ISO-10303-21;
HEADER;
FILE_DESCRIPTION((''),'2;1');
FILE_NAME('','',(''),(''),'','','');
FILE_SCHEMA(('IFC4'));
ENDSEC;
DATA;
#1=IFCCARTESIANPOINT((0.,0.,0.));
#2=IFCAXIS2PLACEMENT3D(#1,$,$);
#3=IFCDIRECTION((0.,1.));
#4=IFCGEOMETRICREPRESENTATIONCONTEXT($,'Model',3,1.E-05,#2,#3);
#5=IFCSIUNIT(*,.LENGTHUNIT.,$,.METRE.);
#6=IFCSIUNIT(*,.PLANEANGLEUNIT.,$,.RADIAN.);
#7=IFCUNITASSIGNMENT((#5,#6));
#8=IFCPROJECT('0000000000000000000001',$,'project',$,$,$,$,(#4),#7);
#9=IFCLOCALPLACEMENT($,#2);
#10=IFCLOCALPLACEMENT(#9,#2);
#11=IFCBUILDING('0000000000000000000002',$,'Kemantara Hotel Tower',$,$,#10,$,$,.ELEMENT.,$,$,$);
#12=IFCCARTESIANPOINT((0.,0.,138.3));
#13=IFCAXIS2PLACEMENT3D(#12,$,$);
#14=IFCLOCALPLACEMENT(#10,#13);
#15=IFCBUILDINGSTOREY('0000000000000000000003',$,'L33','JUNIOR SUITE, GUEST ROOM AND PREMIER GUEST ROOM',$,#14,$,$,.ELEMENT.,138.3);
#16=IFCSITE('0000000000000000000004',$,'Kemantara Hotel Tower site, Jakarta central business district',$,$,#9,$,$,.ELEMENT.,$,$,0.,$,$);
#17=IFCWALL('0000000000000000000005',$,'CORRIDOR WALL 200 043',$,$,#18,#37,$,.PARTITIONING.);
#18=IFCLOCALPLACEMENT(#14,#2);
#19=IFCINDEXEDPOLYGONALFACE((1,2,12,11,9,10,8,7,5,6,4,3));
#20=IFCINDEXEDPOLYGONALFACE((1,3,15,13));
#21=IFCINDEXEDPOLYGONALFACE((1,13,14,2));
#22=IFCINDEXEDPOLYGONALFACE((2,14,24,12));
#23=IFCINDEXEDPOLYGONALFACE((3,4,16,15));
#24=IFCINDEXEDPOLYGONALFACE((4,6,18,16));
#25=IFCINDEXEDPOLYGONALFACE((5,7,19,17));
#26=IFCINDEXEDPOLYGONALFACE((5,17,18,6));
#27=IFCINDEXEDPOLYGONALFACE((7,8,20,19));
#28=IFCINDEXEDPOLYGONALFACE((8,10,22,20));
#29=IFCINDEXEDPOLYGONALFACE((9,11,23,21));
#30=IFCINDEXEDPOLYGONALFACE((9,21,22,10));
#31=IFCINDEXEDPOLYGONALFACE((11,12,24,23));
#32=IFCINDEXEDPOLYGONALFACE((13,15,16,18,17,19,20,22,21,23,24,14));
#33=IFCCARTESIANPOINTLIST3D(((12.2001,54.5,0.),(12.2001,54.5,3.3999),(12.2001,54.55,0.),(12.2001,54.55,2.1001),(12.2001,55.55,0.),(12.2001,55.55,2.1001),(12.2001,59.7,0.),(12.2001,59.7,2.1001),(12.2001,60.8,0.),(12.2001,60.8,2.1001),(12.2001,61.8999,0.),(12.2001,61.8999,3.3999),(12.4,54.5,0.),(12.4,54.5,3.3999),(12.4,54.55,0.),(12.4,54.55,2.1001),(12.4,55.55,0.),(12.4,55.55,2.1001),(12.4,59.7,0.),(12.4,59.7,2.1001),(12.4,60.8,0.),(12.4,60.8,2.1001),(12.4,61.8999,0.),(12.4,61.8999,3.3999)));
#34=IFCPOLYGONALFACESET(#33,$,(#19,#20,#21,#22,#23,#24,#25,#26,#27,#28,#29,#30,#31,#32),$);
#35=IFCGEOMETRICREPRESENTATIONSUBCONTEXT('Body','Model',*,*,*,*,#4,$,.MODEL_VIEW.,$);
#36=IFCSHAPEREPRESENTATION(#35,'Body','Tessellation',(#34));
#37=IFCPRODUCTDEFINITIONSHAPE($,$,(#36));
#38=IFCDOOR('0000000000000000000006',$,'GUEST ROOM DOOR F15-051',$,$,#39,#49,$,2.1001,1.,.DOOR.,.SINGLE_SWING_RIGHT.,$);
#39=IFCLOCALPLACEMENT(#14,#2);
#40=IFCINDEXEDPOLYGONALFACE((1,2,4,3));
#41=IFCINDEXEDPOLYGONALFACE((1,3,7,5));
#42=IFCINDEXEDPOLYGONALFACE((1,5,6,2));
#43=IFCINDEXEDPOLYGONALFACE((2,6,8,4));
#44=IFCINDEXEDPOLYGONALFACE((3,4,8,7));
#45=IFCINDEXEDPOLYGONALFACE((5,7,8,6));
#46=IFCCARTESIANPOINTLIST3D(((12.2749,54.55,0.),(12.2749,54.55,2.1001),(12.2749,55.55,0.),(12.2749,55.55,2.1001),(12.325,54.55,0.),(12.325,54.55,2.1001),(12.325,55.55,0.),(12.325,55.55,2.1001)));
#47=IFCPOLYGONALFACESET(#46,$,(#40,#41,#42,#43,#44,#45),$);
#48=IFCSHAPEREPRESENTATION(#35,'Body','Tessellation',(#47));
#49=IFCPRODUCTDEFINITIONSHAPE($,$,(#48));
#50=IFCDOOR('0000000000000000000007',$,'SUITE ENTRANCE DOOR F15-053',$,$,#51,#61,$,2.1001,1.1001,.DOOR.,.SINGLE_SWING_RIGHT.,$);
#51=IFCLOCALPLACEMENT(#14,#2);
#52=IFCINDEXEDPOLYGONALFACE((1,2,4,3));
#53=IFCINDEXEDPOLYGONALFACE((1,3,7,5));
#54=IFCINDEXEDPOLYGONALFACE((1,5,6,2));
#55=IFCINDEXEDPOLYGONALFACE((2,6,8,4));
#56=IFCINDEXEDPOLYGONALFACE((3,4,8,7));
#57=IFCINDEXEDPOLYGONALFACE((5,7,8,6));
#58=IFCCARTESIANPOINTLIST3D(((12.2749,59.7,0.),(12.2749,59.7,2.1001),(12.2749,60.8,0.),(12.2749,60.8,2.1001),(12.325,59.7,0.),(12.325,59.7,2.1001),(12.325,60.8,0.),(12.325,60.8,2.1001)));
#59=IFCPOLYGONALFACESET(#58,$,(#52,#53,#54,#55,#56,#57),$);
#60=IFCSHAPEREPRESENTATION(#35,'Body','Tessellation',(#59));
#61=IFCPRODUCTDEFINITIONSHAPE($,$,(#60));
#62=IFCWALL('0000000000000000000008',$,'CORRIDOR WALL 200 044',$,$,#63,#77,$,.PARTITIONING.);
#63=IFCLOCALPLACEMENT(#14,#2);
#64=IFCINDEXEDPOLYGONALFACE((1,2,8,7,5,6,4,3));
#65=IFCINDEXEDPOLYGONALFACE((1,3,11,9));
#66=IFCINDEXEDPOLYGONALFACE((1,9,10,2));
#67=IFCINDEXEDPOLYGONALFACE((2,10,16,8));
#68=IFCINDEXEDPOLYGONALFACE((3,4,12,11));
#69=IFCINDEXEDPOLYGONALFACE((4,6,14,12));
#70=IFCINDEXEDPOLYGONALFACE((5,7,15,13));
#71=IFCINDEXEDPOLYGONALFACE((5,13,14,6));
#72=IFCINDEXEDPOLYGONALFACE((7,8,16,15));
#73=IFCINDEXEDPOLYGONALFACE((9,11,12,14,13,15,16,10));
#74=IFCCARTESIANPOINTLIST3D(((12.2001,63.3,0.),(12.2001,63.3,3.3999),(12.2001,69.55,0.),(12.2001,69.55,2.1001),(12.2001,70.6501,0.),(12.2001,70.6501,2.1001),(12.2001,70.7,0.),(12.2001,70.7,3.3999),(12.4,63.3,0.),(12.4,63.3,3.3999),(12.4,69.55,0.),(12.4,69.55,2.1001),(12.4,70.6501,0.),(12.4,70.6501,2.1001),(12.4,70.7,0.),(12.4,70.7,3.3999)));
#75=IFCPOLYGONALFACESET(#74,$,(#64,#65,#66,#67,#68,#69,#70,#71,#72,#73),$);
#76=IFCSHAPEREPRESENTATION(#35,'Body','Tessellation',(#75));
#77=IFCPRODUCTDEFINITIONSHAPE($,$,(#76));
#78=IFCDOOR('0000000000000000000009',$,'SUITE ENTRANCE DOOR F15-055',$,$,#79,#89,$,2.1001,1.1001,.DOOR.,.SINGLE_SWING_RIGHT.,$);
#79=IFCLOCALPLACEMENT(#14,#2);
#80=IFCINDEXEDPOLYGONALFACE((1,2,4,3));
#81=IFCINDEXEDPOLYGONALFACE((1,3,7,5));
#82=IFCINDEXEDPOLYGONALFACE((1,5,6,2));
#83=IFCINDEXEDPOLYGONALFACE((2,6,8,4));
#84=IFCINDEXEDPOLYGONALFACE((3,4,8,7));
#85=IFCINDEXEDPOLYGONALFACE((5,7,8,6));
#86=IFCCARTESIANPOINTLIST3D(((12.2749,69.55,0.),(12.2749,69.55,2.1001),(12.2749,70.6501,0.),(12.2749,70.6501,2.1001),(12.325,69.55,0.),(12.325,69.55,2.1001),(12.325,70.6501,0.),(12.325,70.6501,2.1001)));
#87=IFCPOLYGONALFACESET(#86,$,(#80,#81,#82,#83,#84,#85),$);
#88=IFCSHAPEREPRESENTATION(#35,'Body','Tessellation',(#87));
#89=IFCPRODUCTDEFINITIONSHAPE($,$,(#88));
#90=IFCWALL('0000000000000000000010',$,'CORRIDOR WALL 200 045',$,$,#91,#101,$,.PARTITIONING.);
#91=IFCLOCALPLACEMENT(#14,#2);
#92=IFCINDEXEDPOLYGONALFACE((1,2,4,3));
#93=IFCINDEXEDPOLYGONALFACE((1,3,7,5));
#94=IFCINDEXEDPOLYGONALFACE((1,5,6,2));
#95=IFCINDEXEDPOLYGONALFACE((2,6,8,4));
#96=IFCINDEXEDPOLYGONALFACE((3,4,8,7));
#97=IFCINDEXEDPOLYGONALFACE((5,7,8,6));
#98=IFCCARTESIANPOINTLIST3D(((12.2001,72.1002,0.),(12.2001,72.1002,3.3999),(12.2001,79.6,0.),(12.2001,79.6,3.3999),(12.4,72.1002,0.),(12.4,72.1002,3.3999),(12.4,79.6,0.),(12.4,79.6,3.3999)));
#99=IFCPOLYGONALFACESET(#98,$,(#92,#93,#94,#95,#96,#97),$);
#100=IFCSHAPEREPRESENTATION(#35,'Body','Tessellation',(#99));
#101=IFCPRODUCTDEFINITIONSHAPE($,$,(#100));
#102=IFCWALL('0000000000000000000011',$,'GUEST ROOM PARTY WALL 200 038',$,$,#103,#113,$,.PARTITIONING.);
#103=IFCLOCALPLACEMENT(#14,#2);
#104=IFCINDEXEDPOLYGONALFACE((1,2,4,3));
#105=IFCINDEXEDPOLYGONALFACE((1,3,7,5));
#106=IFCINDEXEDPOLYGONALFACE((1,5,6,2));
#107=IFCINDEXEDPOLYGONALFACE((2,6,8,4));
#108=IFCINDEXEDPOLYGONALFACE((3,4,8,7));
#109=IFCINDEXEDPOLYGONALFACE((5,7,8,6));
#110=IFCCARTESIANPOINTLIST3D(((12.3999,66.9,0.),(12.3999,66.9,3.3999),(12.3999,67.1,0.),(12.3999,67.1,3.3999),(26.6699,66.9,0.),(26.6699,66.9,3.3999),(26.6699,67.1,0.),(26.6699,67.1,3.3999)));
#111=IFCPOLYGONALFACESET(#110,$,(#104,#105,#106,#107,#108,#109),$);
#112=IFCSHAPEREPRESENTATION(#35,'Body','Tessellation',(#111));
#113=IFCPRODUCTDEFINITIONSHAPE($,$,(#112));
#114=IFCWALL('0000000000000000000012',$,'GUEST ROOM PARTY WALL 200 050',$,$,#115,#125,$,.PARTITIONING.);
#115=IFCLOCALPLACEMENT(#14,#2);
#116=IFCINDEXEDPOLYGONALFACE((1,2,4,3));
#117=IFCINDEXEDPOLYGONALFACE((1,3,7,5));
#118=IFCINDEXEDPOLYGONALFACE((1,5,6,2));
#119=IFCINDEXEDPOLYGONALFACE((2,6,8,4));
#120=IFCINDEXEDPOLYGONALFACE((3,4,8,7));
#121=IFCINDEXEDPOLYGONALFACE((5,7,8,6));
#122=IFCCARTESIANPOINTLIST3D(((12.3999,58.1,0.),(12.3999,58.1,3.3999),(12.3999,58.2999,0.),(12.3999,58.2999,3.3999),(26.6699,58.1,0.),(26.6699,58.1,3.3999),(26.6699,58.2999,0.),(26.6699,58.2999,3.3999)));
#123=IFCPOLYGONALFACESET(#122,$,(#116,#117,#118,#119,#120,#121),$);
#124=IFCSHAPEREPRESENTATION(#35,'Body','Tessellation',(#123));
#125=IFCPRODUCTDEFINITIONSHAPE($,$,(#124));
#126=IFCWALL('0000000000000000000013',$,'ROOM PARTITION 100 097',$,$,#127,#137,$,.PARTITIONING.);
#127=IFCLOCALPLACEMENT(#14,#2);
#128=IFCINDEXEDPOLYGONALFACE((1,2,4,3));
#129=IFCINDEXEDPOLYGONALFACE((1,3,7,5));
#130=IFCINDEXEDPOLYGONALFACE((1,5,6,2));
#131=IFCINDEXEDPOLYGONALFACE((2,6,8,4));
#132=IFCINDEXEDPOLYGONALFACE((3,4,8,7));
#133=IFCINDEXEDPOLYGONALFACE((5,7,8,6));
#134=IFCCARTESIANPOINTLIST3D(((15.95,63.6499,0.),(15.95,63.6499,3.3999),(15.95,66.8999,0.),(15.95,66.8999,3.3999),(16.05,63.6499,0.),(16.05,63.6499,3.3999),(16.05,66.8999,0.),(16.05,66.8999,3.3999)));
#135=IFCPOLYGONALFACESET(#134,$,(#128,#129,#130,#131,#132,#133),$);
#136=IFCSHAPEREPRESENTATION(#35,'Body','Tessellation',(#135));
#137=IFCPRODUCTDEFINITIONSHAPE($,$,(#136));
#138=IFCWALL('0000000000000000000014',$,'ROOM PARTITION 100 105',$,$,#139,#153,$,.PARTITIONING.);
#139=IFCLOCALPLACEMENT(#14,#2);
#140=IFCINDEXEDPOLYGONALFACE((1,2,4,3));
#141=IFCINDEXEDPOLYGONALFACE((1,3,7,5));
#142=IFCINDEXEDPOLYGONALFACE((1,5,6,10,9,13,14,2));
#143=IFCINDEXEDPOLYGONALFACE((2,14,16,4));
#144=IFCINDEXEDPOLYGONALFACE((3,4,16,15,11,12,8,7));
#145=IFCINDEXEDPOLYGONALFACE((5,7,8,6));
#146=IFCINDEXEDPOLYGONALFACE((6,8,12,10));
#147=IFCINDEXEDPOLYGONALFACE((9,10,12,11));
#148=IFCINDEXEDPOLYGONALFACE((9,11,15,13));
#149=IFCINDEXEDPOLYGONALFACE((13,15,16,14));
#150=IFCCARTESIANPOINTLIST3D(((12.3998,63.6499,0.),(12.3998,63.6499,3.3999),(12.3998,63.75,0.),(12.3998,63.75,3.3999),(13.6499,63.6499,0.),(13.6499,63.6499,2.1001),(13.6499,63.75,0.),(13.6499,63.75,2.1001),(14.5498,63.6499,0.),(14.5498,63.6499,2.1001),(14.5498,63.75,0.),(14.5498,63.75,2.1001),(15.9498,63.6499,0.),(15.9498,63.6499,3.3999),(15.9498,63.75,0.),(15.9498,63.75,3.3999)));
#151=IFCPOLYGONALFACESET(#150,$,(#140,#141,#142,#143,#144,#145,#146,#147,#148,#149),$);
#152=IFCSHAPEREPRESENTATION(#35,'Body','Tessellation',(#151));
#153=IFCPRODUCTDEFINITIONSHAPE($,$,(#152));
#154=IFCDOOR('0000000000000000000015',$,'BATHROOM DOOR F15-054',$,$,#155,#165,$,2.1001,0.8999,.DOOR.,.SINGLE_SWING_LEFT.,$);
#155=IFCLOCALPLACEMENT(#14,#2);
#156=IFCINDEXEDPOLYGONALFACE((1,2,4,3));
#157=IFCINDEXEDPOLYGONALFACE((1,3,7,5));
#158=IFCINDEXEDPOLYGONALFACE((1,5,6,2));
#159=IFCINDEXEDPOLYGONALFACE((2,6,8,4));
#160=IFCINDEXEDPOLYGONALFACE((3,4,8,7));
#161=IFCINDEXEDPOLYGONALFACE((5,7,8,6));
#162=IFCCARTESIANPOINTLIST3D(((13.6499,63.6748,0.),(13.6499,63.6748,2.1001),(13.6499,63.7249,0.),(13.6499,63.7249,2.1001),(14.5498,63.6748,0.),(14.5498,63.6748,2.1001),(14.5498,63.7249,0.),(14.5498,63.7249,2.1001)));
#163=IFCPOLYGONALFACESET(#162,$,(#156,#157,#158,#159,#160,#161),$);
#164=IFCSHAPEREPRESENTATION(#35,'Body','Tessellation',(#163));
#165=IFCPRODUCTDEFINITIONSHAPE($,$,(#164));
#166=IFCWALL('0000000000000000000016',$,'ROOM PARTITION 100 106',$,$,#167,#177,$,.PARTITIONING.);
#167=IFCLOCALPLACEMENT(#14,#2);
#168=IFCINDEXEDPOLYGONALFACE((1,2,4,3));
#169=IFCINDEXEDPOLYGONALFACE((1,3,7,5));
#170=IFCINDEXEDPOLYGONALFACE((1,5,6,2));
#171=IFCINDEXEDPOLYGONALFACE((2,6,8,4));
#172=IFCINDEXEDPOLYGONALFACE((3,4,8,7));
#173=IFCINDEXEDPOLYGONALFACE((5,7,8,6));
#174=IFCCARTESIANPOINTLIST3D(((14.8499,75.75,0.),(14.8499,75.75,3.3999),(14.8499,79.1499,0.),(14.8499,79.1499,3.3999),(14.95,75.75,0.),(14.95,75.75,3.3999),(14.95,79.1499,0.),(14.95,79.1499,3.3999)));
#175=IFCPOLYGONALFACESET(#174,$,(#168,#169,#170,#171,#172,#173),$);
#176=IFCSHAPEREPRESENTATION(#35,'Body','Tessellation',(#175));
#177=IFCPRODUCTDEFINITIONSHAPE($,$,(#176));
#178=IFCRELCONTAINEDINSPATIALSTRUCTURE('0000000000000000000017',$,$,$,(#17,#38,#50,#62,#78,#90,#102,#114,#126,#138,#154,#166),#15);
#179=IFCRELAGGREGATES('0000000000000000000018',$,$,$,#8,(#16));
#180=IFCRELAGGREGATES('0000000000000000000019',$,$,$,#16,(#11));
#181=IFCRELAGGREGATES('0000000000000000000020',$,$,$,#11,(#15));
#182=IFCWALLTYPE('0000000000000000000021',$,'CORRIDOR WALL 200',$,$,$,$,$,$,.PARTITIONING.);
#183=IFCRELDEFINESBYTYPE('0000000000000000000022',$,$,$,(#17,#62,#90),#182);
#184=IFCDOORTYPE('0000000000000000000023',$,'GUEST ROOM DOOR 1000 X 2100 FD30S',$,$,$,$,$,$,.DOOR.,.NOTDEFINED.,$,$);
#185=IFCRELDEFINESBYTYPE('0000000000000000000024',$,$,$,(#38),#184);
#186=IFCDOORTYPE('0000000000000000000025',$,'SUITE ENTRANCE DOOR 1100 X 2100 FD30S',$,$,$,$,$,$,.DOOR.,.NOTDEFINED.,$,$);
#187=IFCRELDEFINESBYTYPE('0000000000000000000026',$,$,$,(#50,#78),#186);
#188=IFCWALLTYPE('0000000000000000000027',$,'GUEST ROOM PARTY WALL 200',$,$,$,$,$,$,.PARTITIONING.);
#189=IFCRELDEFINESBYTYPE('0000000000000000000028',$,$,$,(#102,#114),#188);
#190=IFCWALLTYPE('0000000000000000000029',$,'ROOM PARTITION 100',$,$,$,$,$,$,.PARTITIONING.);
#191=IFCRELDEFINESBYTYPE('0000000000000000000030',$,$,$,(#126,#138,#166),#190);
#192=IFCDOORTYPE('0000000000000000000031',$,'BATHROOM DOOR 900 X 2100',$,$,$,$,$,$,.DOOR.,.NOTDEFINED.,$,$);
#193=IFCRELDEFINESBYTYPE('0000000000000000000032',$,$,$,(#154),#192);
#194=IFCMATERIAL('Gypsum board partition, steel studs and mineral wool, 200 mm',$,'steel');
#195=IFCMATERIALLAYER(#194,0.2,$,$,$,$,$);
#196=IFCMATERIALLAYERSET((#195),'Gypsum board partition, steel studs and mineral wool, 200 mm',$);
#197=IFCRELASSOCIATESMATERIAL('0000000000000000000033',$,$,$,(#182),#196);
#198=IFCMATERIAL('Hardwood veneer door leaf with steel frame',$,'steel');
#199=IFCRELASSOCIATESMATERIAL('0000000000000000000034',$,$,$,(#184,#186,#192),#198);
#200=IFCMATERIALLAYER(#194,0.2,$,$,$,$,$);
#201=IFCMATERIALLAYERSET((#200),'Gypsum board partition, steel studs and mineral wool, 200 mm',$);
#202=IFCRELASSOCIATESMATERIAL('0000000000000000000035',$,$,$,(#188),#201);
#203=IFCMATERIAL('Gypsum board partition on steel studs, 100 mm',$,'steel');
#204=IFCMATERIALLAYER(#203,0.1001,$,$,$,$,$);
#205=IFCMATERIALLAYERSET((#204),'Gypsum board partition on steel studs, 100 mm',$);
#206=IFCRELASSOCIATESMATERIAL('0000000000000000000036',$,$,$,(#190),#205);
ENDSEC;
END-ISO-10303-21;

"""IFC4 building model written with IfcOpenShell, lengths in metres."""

from ifc_helpers import new_model, si_unit, direction, frame, frame_2d, origin, place, context, subcontext, project, spatial, rectangle, extrude, material, layer, layer_set, type_object, element, fill, save


model = new_model("IFC4")

# Units and contexts
model_context = context("Model", 3, precision=1e-05, world=origin(), true_north=direction((0.0, 1.0)))
body_context = subcontext(model_context, "Body", "Model", "MODEL_VIEW")
ifc_project = project(units=[si_unit("LENGTHUNIT", "METRE"), si_unit("PLANEANGLEUNIT", "RADIAN")], contexts=[model_context])

# Site, building, storey
site_placement = place(None, origin())
site = spatial("IfcSite", under=ifc_project, at=site_placement, Name="Kemantara Hotel Tower site, Jakarta central business district", CompositionType="ELEMENT", RefElevation=0.0)
building_placement = place(site_placement, origin())
building = spatial("IfcBuilding", under=site, at=building_placement, Name="Kemantara Hotel Tower", CompositionType="ELEMENT")
storey_placement = place(building_placement, frame((0.0, 0.0, 138.3)))
storey = spatial("IfcBuildingStorey", under=building, at=storey_placement, Name="L33", Description="JUNIOR SUITE, GUEST ROOM AND PREMIER GUEST ROOM", CompositionType="ELEMENT", Elevation=138.3)

# Wall, openings, doors
ifc_material_1 = material(Name="Gypsum board partition, steel studs and mineral wool, 200 mm", Category="steel")
ifc_layer_1 = layer(ifc_material_1, 0.2)
ifc_layer_set_1 = layer_set([ifc_layer_1], Name="Gypsum board partition, steel studs and mineral wool, 200 mm")
wall_type_1 = type_object("IfcWallType", Name="CORRIDOR WALL 200", PredefinedType="PARTITIONING", material=ifc_layer_set_1)
wall_1_placement = place(storey_placement, frame((12.3, 61.8999, 0.0), z_axis=(0.0, 0.0, 1.0), x_axis=(0.0, -1.0, 0.0)))
wall_1 = element("IfcWall", 1, at=wall_1_placement, inside=storey, type_object=wall_type_1, Name="CORRIDOR WALL 200 043", PredefinedType="PARTITIONING", context=body_context, shape_type="SweptSolid", body=[
    extrude(rectangle(XDim=7.3999, YDim=0.2, at=frame_2d((3.7, 0.0))), origin(), (0.0, 0.0, 1.0), 3.3999),
])
opening_1_placement = place(wall_1_placement, frame((6.3499, 0.0, 0.0)))
opening_1 = element("IfcOpeningElement", 2, at=opening_1_placement, cuts=wall_1, PredefinedType="OPENING", context=body_context, shape_type="SweptSolid", body=[
    extrude(rectangle(XDim=1.0, YDim=2.1001, at=frame_2d((0.5, 1.05))), frame((0.0, 0.1099, 0.0), z_axis=(0.0, -1.0, 0.0), x_axis=(1.0, 0.0, 0.0)), (0.0, 0.0, 1.0), 0.22),
])
opening_2_placement = place(wall_1_placement, frame((1.0999, 0.0, 0.0)))
opening_2 = element("IfcOpeningElement", 3, at=opening_2_placement, cuts=wall_1, PredefinedType="OPENING", context=body_context, shape_type="SweptSolid", body=[
    extrude(rectangle(XDim=1.1001, YDim=2.1001, at=frame_2d((0.55, 1.05))), frame((0.0, 0.1099, 0.0), z_axis=(0.0, -1.0, 0.0), x_axis=(1.0, 0.0, 0.0)), (0.0, 0.0, 1.0), 0.22),
])
ifc_material_2 = material(Name="Hardwood veneer door leaf with steel frame", Category="steel")
door_type_1 = type_object("IfcDoorType", Name="GUEST ROOM DOOR 1000 X 2100 FD30S", OperationType="NOTDEFINED", PredefinedType="DOOR", material=ifc_material_2)
door_1_placement = place(opening_1_placement, origin())
door_1 = element("IfcDoor", 4, at=door_1_placement, inside=storey, type_object=door_type_1, Name="GUEST ROOM DOOR F15-051", OperationType="SINGLE_SWING_RIGHT", OverallHeight=2.1001, OverallWidth=1.0, PredefinedType="DOOR", context=body_context, shape_type="SweptSolid", body=[
    extrude(rectangle(XDim=1.0, YDim=2.1001, at=frame_2d((0.5, 1.05))), frame((0.0, 0.0249, 0.0), z_axis=(0.0, -1.0, 0.0), x_axis=(1.0, 0.0, 0.0)), (0.0, 0.0, 1.0), 0.05),
])
fill(opening_1, door_1)
door_type_2 = type_object("IfcDoorType", Name="SUITE ENTRANCE DOOR 1100 X 2100 FD30S", OperationType="NOTDEFINED", PredefinedType="DOOR", material=ifc_material_2)
door_2_placement = place(opening_2_placement, origin())
door_2 = element("IfcDoor", 5, at=door_2_placement, inside=storey, type_object=door_type_2, Name="SUITE ENTRANCE DOOR F15-053", OperationType="SINGLE_SWING_RIGHT", OverallHeight=2.1001, OverallWidth=1.1001, PredefinedType="DOOR", context=body_context, shape_type="SweptSolid", body=[
    extrude(rectangle(XDim=1.1001, YDim=2.1001, at=frame_2d((0.55, 1.05))), frame((0.0, 0.0249, 0.0), z_axis=(0.0, -1.0, 0.0), x_axis=(1.0, 0.0, 0.0)), (0.0, 0.0, 1.0), 0.05),
])
fill(opening_2, door_2)

# Wall, opening, door
wall_2_placement = place(storey_placement, frame((12.3, 70.7, 0.0), z_axis=(0.0, 0.0, 1.0), x_axis=(0.0, -1.0, 0.0)))
wall_2 = element("IfcWall", 6, at=wall_2_placement, inside=storey, type_object=wall_type_1, Name="CORRIDOR WALL 200 044", PredefinedType="PARTITIONING", context=body_context, shape_type="SweptSolid", body=[
    extrude(rectangle(XDim=7.3999, YDim=0.2, at=frame_2d((3.7, 0.0))), origin(), (0.0, 0.0, 1.0), 3.3999),
])
opening_3_placement = place(wall_2_placement, frame((0.0498, 0.0, 0.0)))
opening_3 = element("IfcOpeningElement", 7, at=opening_3_placement, cuts=wall_2, PredefinedType="OPENING", context=body_context, shape_type="SweptSolid", body=[
    extrude(rectangle(XDim=1.1001, YDim=2.1001, at=frame_2d((0.55, 1.05))), frame((0.0, 0.1099, 0.0), z_axis=(0.0, -1.0, 0.0), x_axis=(1.0, 0.0, 0.0)), (0.0, 0.0, 1.0), 0.22),
])
door_3_placement = place(opening_3_placement, origin())
door_3 = element("IfcDoor", 8, at=door_3_placement, inside=storey, type_object=door_type_2, Name="SUITE ENTRANCE DOOR F15-055", OperationType="SINGLE_SWING_RIGHT", OverallHeight=2.1001, OverallWidth=1.1001, PredefinedType="DOOR", context=body_context, shape_type="SweptSolid", body=[
    extrude(rectangle(XDim=1.1001, YDim=2.1001, at=frame_2d((0.55, 1.05))), frame((0.0, 0.0249, 0.0), z_axis=(0.0, -1.0, 0.0), x_axis=(1.0, 0.0, 0.0)), (0.0, 0.0, 1.0), 0.05),
])
fill(opening_3, door_3)

# Walls
wall_3_placement = place(storey_placement, frame((12.3, 72.1001, 0.0), z_axis=(0.0, 0.0, 1.0), x_axis=(0.0, 1.0, 0.0)))
element("IfcWall", 9, at=wall_3_placement, inside=storey, type_object=wall_type_1, Name="CORRIDOR WALL 200 045", PredefinedType="PARTITIONING", context=body_context, shape_type="SweptSolid", body=[
    extrude(rectangle(XDim=7.4998, YDim=0.2, at=frame_2d((3.75, 0.0))), origin(), (0.0, 0.0, 1.0), 3.3999),
])
ifc_layer_2 = layer(ifc_material_1, 0.2)
ifc_layer_set_2 = layer_set([ifc_layer_2], Name="Gypsum board partition, steel studs and mineral wool, 200 mm")
wall_type_2 = type_object("IfcWallType", Name="GUEST ROOM PARTY WALL 200", PredefinedType="PARTITIONING", material=ifc_layer_set_2)
for number, where, z_axis, x_axis, name in (
    (10, (12.3999, 67.0, 0.0), (0.0, 0.0, 1.0), (1.0, 0.0, 0.0), "GUEST ROOM PARTY WALL 200 038"),
    (11, (12.3999, 58.2, 0.0), (0.0, 0.0, 1.0), (1.0, 0.0, 0.0), "GUEST ROOM PARTY WALL 200 050"),
):
    element("IfcWall", number, at=place(storey_placement, frame(where, z_axis=z_axis, x_axis=x_axis)), inside=storey, type_object=wall_type_2, Name=name, PredefinedType="PARTITIONING", context=body_context, shape_type="SweptSolid", body=[
        extrude(rectangle(XDim=14.27, YDim=0.2, at=frame_2d((7.135, 0.0))), origin(), (0.0, 0.0, 1.0), 3.3999),
    ])
ifc_material_3 = material(Name="Gypsum board partition on steel studs, 100 mm", Category="steel")
ifc_layer_3 = layer(ifc_material_3, 0.1001)
ifc_layer_set_3 = layer_set([ifc_layer_3], Name="Gypsum board partition on steel studs, 100 mm")
wall_type_3 = type_object("IfcWallType", Name="ROOM PARTITION 100", PredefinedType="PARTITIONING", material=ifc_layer_set_3)
wall_4_placement = place(storey_placement, frame((16.0, 63.6499, 0.0), z_axis=(0.0, 0.0, 1.0), x_axis=(0.0, 1.0, 0.0)))
element("IfcWall", 12, at=wall_4_placement, inside=storey, type_object=wall_type_3, Name="ROOM PARTITION 100 097", PredefinedType="PARTITIONING", context=body_context, shape_type="SweptSolid", body=[
    extrude(rectangle(XDim=3.25, YDim=0.1001, at=frame_2d((1.625, 0.0))), origin(), (0.0, 0.0, 1.0), 3.3999),
])

# Wall, opening, door
wall_5_placement = place(storey_placement, frame((12.3999, 63.7, 0.0), z_axis=(0.0, 0.0, 1.0), x_axis=(1.0, 0.0, 0.0)))
wall_5 = element("IfcWall", 13, at=wall_5_placement, inside=storey, type_object=wall_type_3, Name="ROOM PARTITION 100 105", PredefinedType="PARTITIONING", context=body_context, shape_type="SweptSolid", body=[
    extrude(rectangle(XDim=3.55, YDim=0.1001, at=frame_2d((1.7749, 0.0))), origin(), (0.0, 0.0, 1.0), 3.3999),
])
opening_4_placement = place(wall_5_placement, frame((1.25, 0.0, 0.0)))
opening_4 = element("IfcOpeningElement", 14, at=opening_4_placement, cuts=wall_5, PredefinedType="OPENING", context=body_context, shape_type="SweptSolid", body=[
    extrude(rectangle(XDim=0.8999, YDim=2.1001, at=frame_2d((0.45, 1.05))), frame((0.0, 0.0601, 0.0), z_axis=(0.0, -1.0, 0.0), x_axis=(1.0, 0.0, 0.0)), (0.0, 0.0, 1.0), 0.1201),
])
door_type_3 = type_object("IfcDoorType", Name="BATHROOM DOOR 900 X 2100", OperationType="NOTDEFINED", PredefinedType="DOOR", material=ifc_material_2)
door_4_placement = place(opening_4_placement, origin())
door_4 = element("IfcDoor", 15, at=door_4_placement, inside=storey, type_object=door_type_3, Name="BATHROOM DOOR F15-054", OperationType="SINGLE_SWING_LEFT", OverallHeight=2.1001, OverallWidth=0.8999, PredefinedType="DOOR", context=body_context, shape_type="SweptSolid", body=[
    extrude(rectangle(XDim=0.8999, YDim=2.1001, at=frame_2d((0.45, 1.05))), frame((0.0, 0.0249, 0.0), z_axis=(0.0, -1.0, 0.0), x_axis=(1.0, 0.0, 0.0)), (0.0, 0.0, 1.0), 0.05),
])
fill(opening_4, door_4)

# Wall
wall_6_placement = place(storey_placement, frame((14.8999, 75.75, 0.0), z_axis=(0.0, 0.0, 1.0), x_axis=(0.0, 1.0, 0.0)))
element("IfcWall", 16, at=wall_6_placement, inside=storey, type_object=wall_type_3, Name="ROOM PARTITION 100 106", PredefinedType="PARTITIONING", context=body_context, shape_type="SweptSolid", body=[
    extrude(rectangle(XDim=3.3999, YDim=0.1001, at=frame_2d((1.7, 0.0))), origin(), (0.0, 0.0, 1.0), 3.3999),
])

save(model, "model.ifc")
